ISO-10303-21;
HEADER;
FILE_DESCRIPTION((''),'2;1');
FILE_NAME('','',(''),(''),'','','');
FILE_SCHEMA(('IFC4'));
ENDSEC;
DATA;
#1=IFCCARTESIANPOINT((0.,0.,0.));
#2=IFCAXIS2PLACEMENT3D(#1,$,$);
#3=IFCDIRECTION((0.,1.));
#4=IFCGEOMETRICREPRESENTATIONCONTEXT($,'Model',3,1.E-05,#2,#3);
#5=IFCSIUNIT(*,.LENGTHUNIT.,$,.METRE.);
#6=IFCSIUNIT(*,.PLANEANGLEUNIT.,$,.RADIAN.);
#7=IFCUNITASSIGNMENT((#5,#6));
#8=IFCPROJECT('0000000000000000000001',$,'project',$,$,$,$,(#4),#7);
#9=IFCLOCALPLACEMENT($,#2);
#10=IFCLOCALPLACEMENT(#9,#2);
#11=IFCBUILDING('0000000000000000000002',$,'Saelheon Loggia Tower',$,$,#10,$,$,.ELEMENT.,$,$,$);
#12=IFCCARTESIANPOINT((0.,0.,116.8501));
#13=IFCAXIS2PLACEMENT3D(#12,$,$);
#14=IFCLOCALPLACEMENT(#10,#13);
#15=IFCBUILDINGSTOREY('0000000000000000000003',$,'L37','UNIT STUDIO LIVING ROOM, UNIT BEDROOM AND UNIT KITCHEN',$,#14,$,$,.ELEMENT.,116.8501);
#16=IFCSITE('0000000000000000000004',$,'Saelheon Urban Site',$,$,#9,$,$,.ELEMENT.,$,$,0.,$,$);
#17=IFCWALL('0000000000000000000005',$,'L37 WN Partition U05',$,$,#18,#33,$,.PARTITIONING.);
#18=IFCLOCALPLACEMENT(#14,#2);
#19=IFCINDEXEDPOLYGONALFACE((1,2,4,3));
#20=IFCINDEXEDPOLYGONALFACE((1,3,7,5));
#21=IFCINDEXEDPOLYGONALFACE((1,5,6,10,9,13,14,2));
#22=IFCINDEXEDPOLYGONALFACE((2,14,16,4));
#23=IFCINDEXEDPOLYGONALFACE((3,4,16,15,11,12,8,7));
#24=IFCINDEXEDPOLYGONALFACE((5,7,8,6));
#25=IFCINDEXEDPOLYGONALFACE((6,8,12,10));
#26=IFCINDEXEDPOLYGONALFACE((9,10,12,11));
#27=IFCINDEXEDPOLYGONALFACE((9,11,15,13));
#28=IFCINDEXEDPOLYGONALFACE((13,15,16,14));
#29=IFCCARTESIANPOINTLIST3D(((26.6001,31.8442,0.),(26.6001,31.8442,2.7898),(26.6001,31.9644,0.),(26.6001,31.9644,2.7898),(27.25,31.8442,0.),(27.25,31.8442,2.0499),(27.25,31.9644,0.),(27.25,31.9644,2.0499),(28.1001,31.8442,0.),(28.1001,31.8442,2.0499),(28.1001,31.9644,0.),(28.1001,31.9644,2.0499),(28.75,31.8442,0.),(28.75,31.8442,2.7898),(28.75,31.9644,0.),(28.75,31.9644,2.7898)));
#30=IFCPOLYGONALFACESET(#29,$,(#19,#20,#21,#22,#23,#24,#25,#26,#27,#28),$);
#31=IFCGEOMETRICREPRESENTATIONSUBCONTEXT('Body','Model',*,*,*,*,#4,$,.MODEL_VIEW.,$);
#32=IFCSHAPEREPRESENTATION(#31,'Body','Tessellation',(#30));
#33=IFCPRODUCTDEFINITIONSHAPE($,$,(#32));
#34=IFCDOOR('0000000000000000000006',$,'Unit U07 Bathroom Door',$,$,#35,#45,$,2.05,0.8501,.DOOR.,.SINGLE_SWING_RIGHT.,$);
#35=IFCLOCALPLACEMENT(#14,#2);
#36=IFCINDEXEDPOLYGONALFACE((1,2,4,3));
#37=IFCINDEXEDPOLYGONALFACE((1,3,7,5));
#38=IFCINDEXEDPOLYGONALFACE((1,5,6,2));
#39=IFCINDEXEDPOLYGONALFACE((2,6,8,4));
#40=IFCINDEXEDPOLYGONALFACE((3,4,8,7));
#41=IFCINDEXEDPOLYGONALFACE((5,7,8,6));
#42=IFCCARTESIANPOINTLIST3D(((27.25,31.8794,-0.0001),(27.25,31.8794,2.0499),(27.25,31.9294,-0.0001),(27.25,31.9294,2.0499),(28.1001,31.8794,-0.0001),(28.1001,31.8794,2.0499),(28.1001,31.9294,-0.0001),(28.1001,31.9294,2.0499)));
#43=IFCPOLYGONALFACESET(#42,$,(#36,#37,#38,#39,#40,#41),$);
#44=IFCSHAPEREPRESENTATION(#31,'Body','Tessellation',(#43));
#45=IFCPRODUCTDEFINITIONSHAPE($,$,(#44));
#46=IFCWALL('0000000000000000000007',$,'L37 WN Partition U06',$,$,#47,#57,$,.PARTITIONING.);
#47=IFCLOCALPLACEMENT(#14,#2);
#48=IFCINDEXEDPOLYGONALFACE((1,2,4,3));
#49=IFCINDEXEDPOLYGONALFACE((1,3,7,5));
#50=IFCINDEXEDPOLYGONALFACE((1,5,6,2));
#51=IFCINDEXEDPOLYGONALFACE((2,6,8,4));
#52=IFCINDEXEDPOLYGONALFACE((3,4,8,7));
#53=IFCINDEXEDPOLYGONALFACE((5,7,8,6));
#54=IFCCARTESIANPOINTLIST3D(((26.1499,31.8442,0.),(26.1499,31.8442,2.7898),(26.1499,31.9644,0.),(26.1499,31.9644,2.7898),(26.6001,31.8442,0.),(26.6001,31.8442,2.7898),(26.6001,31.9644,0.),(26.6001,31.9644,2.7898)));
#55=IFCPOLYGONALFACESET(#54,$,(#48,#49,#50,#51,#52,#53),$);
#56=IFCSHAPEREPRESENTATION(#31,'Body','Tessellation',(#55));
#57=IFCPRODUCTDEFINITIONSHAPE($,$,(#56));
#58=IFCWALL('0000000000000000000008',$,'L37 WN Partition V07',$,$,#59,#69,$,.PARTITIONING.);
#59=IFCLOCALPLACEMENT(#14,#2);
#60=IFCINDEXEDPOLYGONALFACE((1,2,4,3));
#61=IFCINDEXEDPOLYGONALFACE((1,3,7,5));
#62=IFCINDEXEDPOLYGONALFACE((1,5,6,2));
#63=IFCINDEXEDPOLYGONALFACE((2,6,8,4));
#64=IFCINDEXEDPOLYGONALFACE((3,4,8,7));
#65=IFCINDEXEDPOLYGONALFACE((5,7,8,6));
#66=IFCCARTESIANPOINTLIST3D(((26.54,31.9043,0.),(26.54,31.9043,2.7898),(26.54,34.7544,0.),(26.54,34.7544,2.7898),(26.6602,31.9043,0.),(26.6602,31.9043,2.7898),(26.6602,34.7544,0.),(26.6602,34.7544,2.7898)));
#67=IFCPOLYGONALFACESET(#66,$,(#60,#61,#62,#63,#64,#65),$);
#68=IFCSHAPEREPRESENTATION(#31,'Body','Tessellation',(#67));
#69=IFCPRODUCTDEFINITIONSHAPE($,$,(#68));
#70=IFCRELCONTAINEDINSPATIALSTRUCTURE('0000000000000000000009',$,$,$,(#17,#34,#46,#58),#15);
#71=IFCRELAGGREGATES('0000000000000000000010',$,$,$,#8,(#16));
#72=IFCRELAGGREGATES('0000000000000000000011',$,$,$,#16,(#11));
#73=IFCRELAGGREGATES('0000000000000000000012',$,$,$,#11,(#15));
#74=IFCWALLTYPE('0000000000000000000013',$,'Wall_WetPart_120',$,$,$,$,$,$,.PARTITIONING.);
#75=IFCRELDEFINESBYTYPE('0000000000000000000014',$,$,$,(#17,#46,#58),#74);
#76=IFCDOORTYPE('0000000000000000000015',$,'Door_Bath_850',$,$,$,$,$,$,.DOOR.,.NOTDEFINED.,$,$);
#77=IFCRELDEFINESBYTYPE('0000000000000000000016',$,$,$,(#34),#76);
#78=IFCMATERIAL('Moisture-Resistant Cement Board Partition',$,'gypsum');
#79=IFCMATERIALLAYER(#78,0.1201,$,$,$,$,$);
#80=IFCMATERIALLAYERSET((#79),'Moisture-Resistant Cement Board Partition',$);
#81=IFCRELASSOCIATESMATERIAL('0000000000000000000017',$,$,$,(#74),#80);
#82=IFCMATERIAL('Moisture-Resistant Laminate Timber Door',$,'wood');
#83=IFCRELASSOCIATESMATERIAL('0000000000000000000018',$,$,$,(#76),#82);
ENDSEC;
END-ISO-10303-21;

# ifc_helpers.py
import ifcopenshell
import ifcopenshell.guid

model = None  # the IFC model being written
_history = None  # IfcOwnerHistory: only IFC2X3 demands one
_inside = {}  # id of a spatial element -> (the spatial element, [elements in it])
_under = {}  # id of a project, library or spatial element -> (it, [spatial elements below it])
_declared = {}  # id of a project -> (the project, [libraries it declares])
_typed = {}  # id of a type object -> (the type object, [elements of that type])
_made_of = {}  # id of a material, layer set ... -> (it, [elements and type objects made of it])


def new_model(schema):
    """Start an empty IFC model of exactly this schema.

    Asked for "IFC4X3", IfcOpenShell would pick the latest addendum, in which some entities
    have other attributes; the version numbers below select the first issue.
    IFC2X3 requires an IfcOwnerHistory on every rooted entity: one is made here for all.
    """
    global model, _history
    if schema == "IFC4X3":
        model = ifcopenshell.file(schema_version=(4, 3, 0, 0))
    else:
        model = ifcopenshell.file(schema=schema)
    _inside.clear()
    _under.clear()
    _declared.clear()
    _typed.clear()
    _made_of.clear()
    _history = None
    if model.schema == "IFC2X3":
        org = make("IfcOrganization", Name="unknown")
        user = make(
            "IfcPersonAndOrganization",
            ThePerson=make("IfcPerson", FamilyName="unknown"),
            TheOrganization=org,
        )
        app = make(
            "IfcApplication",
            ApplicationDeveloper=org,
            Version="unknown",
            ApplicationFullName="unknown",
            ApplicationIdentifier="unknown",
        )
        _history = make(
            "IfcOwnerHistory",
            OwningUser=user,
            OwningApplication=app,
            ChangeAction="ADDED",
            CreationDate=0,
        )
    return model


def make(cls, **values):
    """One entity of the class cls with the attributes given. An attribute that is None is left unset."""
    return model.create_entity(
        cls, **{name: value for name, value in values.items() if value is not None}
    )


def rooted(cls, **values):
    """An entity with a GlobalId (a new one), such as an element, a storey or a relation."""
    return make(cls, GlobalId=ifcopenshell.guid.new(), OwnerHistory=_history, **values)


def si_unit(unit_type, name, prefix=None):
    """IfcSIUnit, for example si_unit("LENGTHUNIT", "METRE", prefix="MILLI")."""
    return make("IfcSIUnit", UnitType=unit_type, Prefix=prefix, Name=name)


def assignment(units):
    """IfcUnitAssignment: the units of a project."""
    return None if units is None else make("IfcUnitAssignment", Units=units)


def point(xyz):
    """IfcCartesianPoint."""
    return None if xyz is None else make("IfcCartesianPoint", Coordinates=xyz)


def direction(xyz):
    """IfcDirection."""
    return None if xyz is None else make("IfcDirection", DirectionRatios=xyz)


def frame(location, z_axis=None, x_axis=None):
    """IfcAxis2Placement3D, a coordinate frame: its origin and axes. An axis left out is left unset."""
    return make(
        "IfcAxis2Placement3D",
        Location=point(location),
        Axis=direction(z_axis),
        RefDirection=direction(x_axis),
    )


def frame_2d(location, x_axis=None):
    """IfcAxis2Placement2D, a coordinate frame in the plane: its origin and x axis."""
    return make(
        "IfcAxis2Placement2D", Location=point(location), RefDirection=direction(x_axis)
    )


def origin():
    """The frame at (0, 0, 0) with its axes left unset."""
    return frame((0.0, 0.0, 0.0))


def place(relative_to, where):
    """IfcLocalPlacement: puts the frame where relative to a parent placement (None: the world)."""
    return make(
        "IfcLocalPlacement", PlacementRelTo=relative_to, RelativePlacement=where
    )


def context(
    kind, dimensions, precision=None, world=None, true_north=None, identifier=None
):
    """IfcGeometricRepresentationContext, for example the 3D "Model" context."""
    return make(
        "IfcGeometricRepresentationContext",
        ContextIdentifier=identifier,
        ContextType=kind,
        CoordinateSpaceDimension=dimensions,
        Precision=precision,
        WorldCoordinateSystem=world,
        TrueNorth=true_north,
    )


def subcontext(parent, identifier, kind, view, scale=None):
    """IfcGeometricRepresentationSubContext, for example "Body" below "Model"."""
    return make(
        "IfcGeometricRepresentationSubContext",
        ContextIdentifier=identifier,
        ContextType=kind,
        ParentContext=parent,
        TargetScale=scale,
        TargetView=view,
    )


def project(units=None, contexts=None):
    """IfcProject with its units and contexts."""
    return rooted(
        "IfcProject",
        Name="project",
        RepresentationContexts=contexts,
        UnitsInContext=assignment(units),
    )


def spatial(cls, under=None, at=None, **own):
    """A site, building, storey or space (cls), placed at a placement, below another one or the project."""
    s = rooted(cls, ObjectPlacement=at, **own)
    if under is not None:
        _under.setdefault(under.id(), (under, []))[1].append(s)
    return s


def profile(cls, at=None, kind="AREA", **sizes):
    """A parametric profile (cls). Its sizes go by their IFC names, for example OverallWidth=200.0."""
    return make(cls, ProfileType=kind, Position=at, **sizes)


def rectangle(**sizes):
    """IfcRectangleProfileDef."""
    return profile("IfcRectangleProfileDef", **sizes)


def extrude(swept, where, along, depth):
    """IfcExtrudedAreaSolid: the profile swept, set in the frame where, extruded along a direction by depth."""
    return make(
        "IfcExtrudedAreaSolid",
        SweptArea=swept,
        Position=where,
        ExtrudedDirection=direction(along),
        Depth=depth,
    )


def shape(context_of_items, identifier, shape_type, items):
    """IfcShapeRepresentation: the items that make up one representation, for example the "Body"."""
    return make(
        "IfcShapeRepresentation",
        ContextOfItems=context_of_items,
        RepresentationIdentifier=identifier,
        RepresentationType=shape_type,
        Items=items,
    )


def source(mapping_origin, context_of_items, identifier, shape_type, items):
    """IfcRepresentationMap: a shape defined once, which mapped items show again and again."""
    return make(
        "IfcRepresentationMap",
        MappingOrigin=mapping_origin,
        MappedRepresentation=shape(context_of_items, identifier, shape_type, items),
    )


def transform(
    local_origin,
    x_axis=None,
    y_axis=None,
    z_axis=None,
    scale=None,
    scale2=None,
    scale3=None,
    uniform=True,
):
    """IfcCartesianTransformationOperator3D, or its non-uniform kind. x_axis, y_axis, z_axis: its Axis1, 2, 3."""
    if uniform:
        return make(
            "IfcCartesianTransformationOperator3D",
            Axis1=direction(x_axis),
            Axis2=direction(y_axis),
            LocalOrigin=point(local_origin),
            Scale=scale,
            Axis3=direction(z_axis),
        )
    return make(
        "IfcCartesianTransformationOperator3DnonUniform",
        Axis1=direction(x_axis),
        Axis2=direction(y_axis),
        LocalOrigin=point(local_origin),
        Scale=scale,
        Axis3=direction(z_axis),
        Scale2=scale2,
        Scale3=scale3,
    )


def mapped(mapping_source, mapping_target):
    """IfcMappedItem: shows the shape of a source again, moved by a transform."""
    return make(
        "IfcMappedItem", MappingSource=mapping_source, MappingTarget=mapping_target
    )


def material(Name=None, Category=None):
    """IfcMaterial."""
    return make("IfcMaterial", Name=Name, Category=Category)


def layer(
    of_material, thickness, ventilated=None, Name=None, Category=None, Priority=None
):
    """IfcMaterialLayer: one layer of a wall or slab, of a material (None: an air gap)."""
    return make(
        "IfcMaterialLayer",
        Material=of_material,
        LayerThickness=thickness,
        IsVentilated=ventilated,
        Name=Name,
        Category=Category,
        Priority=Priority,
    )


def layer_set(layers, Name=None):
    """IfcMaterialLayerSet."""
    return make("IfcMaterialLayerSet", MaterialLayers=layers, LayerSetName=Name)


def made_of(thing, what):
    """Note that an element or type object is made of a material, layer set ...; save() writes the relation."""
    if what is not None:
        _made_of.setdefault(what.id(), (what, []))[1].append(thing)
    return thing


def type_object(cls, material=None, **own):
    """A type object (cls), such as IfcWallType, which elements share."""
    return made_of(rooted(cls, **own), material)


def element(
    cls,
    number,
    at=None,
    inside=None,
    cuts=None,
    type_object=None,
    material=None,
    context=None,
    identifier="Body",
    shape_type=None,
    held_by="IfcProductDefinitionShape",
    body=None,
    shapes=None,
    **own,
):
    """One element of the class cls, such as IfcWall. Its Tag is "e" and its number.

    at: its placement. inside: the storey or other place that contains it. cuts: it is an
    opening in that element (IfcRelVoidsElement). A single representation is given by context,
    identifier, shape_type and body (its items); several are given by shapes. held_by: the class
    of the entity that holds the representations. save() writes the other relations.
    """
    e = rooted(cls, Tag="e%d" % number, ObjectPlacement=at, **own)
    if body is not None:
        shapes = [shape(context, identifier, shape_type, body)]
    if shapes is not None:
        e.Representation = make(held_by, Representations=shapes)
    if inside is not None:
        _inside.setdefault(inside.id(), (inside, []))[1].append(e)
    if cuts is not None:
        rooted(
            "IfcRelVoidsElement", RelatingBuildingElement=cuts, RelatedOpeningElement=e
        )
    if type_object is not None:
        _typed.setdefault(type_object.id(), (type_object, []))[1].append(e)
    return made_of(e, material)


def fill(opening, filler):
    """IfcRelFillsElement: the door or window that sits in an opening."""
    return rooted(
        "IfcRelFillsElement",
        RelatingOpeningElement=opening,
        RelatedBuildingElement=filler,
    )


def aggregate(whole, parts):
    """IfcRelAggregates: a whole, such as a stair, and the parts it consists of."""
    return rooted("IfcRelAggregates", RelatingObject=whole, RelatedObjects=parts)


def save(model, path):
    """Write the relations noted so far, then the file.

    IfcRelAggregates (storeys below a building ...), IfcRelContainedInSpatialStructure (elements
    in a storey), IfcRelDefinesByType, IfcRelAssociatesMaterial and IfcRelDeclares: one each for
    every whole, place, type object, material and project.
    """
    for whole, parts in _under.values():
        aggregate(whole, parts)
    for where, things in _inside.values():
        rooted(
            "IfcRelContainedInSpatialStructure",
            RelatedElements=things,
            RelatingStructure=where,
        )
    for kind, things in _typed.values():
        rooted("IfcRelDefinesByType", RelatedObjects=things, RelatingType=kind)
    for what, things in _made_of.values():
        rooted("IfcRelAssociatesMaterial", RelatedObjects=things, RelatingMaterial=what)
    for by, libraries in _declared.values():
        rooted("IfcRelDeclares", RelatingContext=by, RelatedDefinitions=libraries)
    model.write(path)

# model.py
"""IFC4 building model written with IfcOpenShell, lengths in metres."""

from ifc_helpers import new_model, si_unit, direction, frame, frame_2d, origin, place, context, subcontext, project, spatial, rectangle, extrude, source, transform, mapped, material, layer, layer_set, type_object, element, fill, save


model = new_model("IFC4")

# Units and contexts
model_context = context("Model", 3, precision=1e-05, world=origin(), true_north=direction((0.0, 1.0)))
body_context = subcontext(model_context, "Body", "Model", "MODEL_VIEW")
ifc_project = project(units=[si_unit("LENGTHUNIT", "METRE"), si_unit("PLANEANGLEUNIT", "RADIAN")], contexts=[model_context])

# Site, building, storey
site_placement = place(None, origin())
site = spatial("IfcSite", under=ifc_project, at=site_placement, Name="Saelheon Urban Site", CompositionType="ELEMENT", RefElevation=0.0)
building_placement = place(site_placement, origin())
building = spatial("IfcBuilding", under=site, at=building_placement, Name="Saelheon Loggia Tower", CompositionType="ELEMENT")
storey_placement = place(building_placement, frame((0.0, 0.0, 116.8501)))
storey = spatial("IfcBuildingStorey", under=building, at=storey_placement, Name="L37", Description="UNIT STUDIO LIVING ROOM, UNIT BEDROOM AND UNIT KITCHEN", CompositionType="ELEMENT", Elevation=116.8501)

# Wall, opening, door
ifc_material_1 = material(Name="Moisture-Resistant Cement Board Partition", Category="gypsum")
ifc_layer_1 = layer(ifc_material_1, 0.1201)
ifc_layer_set_1 = layer_set([ifc_layer_1], Name="Moisture-Resistant Cement Board Partition")
wall_type_1 = type_object("IfcWallType", Name="Wall_WetPart_120", PredefinedType="PARTITIONING", material=ifc_layer_set_1)
wall_1_placement = place(storey_placement, frame((28.75, 31.9043, 0.0), z_axis=(0.0, 0.0, 1.0), x_axis=(-1.0, 0.0, 0.0)))
wall_1 = element("IfcWall", 1, at=wall_1_placement, inside=storey, type_object=wall_type_1, Name="L37 WN Partition U05", PredefinedType="PARTITIONING", context=body_context, shape_type="SweptSolid", body=[
    extrude(rectangle(XDim=2.1499, YDim=0.1201, at=frame_2d((1.075, 0.0))), origin(), (0.0, 0.0, 1.0), 2.7898),
])
opening_1_placement = place(wall_1_placement, frame((0.6499, 0.0, 0.0)))
opening_1 = element("IfcOpeningElement", 2, at=opening_1_placement, cuts=wall_1, PredefinedType="OPENING", context=body_context, shape_type="SweptSolid", body=[
    extrude(rectangle(XDim=0.8501, YDim=2.05, at=frame_2d((0.425, 1.0249))), frame((0.0, 0.072, 0.0), z_axis=(0.0, -1.0, 0.0), x_axis=(1.0, 0.0, 0.0)), (0.0, 0.0, 1.0), 0.144),
])
ifc_material_2 = material(Name="Moisture-Resistant Laminate Timber Door", Category="wood")
door_type_1 = type_object("IfcDoorType", Name="Door_Bath_850", OperationType="NOTDEFINED", PredefinedType="DOOR", material=ifc_material_2)
shared_shape_1 = source(origin(), body_context, "Body", "SweptSolid", [
    extrude(rectangle(XDim=0.8501, YDim=2.05, at=frame_2d((0.425, 1.0249))), frame((0.0, 0.0249, 0.0), z_axis=(0.0, -1.0, 0.0), x_axis=(1.0, 0.0, 0.0)), (0.0, 0.0, 1.0), 0.05),
])
door_1_placement = place(opening_1_placement, origin())
door_1 = element("IfcDoor", 3, at=door_1_placement, inside=storey, type_object=door_type_1, Name="Unit U07 Bathroom Door", OperationType="SINGLE_SWING_RIGHT", OverallHeight=2.05, OverallWidth=0.8501, PredefinedType="DOOR", context=body_context, shape_type="MappedRepresentation", body=[
    mapped(shared_shape_1, transform((0.0, 0.0, 0.0), scale=1.0)),
])
fill(opening_1, door_1)

# Walls
wall_2_placement = place(storey_placement, frame((26.6001, 31.9043, 0.0), z_axis=(0.0, 0.0, 1.0), x_axis=(-1.0, 0.0, 0.0)))
element("IfcWall", 4, at=wall_2_placement, inside=storey, type_object=wall_type_1, Name="L37 WN Partition U06", PredefinedType="PARTITIONING", context=body_context, shape_type="SweptSolid", body=[
    extrude(rectangle(XDim=0.4502, YDim=0.1201, at=frame_2d((0.2251, 0.0))), origin(), (0.0, 0.0, 1.0), 2.7898),
])
wall_3_placement = place(storey_placement, frame((26.6001, 31.9043, 0.0), z_axis=(0.0, 0.0, 1.0), x_axis=(0.0, 1.0, 0.0)))
element("IfcWall", 5, at=wall_3_placement, inside=storey, type_object=wall_type_1, Name="L37 WN Partition V07", PredefinedType="PARTITIONING", context=body_context, shape_type="SweptSolid", body=[
    extrude(rectangle(XDim=2.8501, YDim=0.1201, at=frame_2d((1.425, 0.0))), origin(), (0.0, 0.0, 1.0), 2.7898),
])

save(model, "model.ifc")
